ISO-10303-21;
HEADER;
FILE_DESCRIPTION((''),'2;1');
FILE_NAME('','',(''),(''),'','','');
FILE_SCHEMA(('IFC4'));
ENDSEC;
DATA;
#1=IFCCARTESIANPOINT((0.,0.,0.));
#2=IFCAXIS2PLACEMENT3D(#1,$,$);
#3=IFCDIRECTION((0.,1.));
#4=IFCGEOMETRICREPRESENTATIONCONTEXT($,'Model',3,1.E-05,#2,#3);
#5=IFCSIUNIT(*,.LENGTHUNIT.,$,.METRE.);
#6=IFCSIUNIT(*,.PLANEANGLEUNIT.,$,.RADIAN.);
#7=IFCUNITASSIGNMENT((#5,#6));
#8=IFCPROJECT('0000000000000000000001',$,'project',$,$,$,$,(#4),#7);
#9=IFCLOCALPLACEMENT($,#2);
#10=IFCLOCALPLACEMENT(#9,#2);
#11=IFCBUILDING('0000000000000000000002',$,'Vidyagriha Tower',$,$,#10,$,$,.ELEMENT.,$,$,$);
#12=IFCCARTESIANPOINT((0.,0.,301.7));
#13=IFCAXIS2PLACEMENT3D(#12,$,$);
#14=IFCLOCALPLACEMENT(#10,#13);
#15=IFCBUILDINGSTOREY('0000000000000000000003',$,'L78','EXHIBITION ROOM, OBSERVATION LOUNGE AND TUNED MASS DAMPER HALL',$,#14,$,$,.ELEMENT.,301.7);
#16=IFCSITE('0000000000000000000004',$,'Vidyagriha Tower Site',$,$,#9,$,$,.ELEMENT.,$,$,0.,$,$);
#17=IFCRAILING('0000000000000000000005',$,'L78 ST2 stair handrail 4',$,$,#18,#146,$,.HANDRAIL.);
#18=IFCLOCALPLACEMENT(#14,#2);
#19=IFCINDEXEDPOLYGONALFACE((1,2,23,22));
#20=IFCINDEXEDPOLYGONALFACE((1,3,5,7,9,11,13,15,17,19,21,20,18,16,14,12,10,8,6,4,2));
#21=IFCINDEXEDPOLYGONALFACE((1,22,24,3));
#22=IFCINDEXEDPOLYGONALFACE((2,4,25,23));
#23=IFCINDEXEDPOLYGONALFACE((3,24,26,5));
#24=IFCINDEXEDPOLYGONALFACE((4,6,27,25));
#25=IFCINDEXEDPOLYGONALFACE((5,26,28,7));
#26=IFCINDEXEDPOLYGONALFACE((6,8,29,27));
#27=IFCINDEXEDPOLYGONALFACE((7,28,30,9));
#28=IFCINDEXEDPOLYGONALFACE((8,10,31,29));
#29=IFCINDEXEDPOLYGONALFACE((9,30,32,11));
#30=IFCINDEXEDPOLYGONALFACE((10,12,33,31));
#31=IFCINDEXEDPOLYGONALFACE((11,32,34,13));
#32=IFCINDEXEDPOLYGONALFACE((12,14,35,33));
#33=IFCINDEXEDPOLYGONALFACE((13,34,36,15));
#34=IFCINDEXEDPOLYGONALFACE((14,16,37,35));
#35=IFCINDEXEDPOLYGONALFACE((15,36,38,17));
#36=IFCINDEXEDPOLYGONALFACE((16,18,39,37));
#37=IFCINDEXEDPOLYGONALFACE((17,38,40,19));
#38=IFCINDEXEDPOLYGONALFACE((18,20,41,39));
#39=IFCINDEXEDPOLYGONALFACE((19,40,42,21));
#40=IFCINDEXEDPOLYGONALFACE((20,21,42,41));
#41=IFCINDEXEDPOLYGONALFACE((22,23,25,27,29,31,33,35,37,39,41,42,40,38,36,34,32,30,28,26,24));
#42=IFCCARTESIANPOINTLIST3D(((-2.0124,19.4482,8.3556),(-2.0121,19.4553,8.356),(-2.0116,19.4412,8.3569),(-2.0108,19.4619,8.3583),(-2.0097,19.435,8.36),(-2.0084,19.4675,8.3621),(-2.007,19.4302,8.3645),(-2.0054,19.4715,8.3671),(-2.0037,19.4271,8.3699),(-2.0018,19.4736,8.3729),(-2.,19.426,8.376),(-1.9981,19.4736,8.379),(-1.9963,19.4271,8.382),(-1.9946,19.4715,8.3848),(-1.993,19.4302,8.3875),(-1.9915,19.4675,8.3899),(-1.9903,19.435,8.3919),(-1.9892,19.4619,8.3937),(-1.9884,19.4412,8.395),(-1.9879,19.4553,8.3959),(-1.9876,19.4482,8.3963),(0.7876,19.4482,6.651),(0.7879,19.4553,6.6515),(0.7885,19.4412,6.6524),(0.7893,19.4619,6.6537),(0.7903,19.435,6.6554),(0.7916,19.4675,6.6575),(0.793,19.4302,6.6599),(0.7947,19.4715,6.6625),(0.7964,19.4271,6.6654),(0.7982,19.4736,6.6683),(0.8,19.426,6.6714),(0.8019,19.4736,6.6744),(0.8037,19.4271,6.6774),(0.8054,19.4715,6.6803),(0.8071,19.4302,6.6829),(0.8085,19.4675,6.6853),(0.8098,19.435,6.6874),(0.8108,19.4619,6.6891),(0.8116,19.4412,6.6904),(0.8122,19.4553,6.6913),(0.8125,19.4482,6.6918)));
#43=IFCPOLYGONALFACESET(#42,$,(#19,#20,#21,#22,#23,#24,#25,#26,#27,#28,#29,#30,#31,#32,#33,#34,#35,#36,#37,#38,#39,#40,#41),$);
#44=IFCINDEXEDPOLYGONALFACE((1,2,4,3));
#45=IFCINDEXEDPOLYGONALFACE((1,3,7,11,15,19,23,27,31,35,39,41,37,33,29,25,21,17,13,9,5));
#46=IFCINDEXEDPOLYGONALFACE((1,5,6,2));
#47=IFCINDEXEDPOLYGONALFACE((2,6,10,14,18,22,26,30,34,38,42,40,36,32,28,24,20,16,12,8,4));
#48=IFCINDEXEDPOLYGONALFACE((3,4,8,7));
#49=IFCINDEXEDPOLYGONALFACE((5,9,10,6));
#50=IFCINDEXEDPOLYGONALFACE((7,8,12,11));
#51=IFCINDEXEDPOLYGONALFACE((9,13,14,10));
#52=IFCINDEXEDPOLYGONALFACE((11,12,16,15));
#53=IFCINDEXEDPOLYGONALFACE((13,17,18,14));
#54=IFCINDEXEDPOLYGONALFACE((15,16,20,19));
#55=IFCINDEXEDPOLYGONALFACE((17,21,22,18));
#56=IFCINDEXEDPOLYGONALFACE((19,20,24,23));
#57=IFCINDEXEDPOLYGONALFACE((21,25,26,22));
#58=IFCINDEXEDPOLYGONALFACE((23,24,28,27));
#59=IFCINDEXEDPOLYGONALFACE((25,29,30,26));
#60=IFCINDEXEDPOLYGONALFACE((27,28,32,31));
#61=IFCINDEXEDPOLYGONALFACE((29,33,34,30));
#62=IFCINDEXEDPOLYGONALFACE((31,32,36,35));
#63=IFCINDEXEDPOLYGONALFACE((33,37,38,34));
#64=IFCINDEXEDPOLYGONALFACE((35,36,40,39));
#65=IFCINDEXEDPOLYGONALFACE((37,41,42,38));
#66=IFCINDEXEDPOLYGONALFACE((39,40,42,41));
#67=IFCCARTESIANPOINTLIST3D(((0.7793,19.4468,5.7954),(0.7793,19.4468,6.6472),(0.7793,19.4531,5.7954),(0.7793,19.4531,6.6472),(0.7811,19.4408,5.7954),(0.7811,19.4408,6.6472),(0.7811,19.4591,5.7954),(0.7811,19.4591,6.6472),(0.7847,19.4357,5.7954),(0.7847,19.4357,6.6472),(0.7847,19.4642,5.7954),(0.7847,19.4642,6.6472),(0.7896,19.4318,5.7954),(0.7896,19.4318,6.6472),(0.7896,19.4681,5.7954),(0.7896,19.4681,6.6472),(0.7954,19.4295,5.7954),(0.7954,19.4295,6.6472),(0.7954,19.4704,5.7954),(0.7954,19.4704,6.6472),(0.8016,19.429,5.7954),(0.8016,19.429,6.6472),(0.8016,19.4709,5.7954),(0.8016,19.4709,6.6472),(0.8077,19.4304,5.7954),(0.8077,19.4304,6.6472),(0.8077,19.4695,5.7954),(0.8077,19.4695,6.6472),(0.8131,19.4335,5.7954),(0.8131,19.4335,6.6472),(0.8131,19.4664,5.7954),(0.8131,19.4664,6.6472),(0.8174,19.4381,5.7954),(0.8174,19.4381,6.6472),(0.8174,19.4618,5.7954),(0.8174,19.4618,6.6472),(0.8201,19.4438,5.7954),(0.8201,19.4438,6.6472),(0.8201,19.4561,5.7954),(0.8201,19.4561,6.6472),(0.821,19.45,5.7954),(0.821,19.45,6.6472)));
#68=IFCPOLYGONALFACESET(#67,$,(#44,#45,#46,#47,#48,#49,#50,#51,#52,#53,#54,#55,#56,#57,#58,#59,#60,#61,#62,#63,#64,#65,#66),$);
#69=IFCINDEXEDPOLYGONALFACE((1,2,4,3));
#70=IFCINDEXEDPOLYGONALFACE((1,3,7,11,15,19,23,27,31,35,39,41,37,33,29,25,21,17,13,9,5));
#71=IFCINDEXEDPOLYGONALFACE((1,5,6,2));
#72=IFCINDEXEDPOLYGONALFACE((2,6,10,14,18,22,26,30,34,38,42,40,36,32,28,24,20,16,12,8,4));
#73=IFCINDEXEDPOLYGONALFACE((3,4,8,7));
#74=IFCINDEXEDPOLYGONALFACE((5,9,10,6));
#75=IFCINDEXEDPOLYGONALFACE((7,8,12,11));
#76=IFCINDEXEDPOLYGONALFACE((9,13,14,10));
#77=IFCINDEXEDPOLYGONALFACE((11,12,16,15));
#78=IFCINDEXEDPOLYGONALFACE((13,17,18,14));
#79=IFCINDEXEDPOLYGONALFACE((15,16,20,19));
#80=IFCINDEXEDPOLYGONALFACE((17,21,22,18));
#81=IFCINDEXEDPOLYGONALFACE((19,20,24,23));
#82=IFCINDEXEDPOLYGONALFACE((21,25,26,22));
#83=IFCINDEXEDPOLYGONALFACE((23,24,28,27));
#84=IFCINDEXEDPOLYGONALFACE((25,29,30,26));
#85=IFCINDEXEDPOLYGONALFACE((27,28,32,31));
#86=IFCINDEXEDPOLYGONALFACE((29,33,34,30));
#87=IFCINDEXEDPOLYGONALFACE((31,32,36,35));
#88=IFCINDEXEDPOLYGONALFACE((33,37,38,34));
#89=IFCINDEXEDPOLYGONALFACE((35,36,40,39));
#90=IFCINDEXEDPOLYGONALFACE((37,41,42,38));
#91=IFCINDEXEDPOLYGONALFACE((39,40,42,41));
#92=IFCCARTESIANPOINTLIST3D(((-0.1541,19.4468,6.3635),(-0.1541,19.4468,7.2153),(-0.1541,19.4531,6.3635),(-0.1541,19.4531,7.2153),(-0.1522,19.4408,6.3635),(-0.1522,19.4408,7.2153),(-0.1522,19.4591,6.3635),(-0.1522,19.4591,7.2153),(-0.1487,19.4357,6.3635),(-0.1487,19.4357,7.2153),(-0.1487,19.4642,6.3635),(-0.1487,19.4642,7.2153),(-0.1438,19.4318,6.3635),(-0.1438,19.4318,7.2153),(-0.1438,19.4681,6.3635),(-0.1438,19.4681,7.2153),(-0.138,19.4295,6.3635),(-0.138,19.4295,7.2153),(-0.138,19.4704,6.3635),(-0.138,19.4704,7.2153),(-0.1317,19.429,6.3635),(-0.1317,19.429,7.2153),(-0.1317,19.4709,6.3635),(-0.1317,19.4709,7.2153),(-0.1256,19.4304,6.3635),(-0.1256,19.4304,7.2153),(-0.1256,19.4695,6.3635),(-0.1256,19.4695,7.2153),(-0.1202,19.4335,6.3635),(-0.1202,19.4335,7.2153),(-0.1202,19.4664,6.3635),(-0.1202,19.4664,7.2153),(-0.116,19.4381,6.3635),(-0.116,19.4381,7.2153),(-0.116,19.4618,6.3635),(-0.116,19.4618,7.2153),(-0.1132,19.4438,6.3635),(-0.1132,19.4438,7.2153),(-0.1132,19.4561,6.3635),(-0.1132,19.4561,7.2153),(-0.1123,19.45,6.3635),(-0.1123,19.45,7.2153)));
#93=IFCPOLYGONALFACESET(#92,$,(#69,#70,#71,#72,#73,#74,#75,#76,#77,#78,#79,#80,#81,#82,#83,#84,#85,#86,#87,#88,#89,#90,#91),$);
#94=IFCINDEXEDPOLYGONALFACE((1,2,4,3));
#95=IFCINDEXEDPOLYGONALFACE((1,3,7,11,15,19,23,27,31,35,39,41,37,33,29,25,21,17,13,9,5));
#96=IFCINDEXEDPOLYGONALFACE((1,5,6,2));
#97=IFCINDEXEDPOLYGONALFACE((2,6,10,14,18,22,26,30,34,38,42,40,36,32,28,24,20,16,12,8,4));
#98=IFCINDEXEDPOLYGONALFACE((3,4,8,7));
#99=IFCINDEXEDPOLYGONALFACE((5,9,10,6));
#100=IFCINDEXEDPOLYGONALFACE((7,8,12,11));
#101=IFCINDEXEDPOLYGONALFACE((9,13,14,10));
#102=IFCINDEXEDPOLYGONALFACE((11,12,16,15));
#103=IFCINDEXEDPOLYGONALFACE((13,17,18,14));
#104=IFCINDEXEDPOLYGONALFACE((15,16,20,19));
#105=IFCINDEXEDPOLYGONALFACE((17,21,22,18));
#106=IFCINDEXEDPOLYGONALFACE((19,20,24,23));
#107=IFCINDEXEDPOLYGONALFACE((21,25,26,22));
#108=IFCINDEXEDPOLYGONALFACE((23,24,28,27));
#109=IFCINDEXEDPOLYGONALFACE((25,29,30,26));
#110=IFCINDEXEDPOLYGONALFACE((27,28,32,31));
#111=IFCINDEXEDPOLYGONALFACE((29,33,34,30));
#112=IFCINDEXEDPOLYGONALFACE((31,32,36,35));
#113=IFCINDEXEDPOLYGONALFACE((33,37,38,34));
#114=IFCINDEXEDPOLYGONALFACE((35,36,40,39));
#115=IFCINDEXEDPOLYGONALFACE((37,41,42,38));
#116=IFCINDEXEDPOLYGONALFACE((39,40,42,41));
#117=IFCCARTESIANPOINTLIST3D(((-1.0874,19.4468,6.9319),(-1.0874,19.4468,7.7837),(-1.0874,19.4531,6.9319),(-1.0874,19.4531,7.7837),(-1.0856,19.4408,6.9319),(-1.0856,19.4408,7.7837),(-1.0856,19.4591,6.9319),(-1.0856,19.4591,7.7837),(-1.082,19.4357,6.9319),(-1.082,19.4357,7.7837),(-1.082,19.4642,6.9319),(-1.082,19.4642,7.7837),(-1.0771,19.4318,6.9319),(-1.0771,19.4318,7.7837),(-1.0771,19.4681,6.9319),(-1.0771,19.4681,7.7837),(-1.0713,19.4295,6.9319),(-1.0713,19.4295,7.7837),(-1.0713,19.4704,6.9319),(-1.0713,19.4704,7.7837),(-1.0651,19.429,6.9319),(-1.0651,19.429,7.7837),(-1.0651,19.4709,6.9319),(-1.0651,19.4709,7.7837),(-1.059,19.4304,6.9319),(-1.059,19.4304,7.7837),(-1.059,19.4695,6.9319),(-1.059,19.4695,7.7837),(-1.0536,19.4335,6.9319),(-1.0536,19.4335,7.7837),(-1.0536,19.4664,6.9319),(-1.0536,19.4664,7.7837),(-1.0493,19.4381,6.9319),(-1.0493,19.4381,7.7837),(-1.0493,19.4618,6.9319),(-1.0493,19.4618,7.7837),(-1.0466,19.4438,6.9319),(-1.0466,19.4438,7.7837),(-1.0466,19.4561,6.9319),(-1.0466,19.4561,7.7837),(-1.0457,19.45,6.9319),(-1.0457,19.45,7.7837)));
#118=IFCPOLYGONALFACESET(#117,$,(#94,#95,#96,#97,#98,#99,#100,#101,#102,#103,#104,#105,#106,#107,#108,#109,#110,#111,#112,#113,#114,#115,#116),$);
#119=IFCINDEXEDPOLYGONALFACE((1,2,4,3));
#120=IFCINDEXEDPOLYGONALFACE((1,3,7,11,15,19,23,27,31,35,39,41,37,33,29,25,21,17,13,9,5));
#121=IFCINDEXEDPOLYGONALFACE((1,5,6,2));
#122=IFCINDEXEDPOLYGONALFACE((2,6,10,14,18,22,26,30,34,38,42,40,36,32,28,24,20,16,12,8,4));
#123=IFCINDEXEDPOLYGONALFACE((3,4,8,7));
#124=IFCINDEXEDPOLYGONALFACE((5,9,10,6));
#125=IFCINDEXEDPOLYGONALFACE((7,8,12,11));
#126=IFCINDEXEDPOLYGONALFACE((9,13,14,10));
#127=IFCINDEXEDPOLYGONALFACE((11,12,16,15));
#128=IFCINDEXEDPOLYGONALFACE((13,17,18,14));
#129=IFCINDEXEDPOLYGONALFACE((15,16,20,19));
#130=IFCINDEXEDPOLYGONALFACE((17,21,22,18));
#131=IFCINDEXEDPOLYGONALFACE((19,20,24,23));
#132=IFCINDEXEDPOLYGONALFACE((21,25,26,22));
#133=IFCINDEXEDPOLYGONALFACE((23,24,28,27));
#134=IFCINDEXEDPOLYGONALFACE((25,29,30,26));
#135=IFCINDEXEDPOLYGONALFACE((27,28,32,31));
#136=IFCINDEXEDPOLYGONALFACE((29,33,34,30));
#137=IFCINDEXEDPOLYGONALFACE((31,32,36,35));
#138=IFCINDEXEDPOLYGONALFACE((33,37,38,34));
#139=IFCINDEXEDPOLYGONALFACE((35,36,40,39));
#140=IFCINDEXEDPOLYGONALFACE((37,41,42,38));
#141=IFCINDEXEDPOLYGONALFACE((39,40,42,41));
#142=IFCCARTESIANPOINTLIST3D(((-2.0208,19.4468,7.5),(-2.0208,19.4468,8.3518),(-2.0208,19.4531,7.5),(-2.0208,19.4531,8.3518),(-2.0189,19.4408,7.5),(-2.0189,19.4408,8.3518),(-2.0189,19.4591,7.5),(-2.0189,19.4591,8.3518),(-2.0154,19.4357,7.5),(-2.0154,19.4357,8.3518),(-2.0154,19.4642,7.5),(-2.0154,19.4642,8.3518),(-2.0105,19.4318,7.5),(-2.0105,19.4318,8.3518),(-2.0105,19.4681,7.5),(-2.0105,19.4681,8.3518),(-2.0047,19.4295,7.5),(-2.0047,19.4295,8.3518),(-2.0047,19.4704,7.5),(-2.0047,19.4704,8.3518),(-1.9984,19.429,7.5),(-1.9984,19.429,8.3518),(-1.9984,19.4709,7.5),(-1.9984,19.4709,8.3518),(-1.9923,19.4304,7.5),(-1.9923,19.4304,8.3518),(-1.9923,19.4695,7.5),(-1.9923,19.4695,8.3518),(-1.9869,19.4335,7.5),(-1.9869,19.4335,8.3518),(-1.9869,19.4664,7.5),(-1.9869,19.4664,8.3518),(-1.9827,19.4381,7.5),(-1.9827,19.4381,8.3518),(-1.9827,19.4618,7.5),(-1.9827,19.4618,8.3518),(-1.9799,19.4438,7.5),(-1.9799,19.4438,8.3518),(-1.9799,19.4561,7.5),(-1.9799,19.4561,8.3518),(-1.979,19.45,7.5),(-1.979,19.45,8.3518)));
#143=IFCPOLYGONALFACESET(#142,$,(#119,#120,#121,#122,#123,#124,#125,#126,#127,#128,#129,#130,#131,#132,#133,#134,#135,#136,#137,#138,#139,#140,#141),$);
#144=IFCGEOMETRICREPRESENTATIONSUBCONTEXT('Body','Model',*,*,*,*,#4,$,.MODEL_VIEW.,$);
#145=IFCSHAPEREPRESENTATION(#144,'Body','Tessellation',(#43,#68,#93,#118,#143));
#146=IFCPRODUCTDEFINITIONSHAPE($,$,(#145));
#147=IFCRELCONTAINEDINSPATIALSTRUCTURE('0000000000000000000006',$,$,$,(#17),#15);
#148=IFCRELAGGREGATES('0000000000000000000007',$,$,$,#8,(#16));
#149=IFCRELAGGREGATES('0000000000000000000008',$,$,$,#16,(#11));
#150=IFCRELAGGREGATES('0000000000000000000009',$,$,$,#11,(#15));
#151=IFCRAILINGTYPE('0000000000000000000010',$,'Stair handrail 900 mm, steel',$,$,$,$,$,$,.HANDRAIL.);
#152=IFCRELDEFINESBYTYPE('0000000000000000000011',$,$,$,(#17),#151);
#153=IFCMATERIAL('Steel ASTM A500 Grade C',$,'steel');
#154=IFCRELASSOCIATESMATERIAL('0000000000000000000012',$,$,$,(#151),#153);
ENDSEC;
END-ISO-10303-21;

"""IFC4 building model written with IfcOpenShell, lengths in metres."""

from ifc_helpers import new_model, si_unit, direction, frame, origin, origin_2d, place, context, subcontext, project, spatial, circle, extrude, material, type_object, element, save


model = new_model("IFC4")

# Units and contexts
model_context = context("Model", 3, precision=1e-05, world=origin(), true_north=direction((0.0, 1.0)))
body_context = subcontext(model_context, "Body", "Model", "MODEL_VIEW")
ifc_project = project(units=[si_unit("LENGTHUNIT", "METRE"), si_unit("PLANEANGLEUNIT", "RADIAN")], contexts=[model_context])

# Site, building, storey
site_placement = place(None, origin())
site = spatial("IfcSite", under=ifc_project, at=site_placement, Name="Vidyagriha Tower Site", CompositionType="ELEMENT", RefElevation=0.0)
building_placement = place(site_placement, origin())
building = spatial("IfcBuilding", under=site, at=building_placement, Name="Vidyagriha Tower", CompositionType="ELEMENT")
storey_placement = place(building_placement, frame((0.0, 0.0, 301.7)))
storey = spatial("IfcBuildingStorey", under=building, at=storey_placement, Name="L78", Description="EXHIBITION ROOM, OBSERVATION LOUNGE AND TUNED MASS DAMPER HALL", CompositionType="ELEMENT", Elevation=301.7)

# Railing
ifc_material_1 = material(Name="Steel ASTM A500 Grade C", Category="steel")
railing_type_1 = type_object("IfcRailingType", Name="Stair handrail 900 mm, steel", PredefinedType="HANDRAIL", material=ifc_material_1)
for number, where, name in (
    (1, (0.8, 19.45, 5.7954), "L78 ST2 stair handrail 4"),
):
    element("IfcRailing", number, at=place(storey_placement, frame(where)), inside=storey, type_object=railing_type_1, Name=name, PredefinedType="HANDRAIL", context=body_context, shape_type="SweptSolid", body=[
        extrude(circle(Radius=0.0239, at=origin_2d()), frame((0.0, 0.0, 0.876), z_axis=(-0.85417, 0.0, 0.519994), x_axis=(0.0, -1.0, 0.0)), (0.0, 0.0, 1.0), 3.2781),
        extrude(circle(Radius=0.021, at=origin_2d()), origin(), (0.0, 0.0, 1.0), 0.8518),
        extrude(circle(Radius=0.021, at=origin_2d()), frame((-0.9333, 0.0, 0.5681)), (0.0, 0.0, 1.0), 0.8518),
        extrude(circle(Radius=0.021, at=origin_2d()), frame((-1.8667, 0.0, 1.1365)), (0.0, 0.0, 1.0), 0.8518),
        extrude(circle(Radius=0.021, at=origin_2d()), frame((-2.8, 0.0, 1.7046)), (0.0, 0.0, 1.0), 0.8518),
    ])

save(model, "model.ifc")
